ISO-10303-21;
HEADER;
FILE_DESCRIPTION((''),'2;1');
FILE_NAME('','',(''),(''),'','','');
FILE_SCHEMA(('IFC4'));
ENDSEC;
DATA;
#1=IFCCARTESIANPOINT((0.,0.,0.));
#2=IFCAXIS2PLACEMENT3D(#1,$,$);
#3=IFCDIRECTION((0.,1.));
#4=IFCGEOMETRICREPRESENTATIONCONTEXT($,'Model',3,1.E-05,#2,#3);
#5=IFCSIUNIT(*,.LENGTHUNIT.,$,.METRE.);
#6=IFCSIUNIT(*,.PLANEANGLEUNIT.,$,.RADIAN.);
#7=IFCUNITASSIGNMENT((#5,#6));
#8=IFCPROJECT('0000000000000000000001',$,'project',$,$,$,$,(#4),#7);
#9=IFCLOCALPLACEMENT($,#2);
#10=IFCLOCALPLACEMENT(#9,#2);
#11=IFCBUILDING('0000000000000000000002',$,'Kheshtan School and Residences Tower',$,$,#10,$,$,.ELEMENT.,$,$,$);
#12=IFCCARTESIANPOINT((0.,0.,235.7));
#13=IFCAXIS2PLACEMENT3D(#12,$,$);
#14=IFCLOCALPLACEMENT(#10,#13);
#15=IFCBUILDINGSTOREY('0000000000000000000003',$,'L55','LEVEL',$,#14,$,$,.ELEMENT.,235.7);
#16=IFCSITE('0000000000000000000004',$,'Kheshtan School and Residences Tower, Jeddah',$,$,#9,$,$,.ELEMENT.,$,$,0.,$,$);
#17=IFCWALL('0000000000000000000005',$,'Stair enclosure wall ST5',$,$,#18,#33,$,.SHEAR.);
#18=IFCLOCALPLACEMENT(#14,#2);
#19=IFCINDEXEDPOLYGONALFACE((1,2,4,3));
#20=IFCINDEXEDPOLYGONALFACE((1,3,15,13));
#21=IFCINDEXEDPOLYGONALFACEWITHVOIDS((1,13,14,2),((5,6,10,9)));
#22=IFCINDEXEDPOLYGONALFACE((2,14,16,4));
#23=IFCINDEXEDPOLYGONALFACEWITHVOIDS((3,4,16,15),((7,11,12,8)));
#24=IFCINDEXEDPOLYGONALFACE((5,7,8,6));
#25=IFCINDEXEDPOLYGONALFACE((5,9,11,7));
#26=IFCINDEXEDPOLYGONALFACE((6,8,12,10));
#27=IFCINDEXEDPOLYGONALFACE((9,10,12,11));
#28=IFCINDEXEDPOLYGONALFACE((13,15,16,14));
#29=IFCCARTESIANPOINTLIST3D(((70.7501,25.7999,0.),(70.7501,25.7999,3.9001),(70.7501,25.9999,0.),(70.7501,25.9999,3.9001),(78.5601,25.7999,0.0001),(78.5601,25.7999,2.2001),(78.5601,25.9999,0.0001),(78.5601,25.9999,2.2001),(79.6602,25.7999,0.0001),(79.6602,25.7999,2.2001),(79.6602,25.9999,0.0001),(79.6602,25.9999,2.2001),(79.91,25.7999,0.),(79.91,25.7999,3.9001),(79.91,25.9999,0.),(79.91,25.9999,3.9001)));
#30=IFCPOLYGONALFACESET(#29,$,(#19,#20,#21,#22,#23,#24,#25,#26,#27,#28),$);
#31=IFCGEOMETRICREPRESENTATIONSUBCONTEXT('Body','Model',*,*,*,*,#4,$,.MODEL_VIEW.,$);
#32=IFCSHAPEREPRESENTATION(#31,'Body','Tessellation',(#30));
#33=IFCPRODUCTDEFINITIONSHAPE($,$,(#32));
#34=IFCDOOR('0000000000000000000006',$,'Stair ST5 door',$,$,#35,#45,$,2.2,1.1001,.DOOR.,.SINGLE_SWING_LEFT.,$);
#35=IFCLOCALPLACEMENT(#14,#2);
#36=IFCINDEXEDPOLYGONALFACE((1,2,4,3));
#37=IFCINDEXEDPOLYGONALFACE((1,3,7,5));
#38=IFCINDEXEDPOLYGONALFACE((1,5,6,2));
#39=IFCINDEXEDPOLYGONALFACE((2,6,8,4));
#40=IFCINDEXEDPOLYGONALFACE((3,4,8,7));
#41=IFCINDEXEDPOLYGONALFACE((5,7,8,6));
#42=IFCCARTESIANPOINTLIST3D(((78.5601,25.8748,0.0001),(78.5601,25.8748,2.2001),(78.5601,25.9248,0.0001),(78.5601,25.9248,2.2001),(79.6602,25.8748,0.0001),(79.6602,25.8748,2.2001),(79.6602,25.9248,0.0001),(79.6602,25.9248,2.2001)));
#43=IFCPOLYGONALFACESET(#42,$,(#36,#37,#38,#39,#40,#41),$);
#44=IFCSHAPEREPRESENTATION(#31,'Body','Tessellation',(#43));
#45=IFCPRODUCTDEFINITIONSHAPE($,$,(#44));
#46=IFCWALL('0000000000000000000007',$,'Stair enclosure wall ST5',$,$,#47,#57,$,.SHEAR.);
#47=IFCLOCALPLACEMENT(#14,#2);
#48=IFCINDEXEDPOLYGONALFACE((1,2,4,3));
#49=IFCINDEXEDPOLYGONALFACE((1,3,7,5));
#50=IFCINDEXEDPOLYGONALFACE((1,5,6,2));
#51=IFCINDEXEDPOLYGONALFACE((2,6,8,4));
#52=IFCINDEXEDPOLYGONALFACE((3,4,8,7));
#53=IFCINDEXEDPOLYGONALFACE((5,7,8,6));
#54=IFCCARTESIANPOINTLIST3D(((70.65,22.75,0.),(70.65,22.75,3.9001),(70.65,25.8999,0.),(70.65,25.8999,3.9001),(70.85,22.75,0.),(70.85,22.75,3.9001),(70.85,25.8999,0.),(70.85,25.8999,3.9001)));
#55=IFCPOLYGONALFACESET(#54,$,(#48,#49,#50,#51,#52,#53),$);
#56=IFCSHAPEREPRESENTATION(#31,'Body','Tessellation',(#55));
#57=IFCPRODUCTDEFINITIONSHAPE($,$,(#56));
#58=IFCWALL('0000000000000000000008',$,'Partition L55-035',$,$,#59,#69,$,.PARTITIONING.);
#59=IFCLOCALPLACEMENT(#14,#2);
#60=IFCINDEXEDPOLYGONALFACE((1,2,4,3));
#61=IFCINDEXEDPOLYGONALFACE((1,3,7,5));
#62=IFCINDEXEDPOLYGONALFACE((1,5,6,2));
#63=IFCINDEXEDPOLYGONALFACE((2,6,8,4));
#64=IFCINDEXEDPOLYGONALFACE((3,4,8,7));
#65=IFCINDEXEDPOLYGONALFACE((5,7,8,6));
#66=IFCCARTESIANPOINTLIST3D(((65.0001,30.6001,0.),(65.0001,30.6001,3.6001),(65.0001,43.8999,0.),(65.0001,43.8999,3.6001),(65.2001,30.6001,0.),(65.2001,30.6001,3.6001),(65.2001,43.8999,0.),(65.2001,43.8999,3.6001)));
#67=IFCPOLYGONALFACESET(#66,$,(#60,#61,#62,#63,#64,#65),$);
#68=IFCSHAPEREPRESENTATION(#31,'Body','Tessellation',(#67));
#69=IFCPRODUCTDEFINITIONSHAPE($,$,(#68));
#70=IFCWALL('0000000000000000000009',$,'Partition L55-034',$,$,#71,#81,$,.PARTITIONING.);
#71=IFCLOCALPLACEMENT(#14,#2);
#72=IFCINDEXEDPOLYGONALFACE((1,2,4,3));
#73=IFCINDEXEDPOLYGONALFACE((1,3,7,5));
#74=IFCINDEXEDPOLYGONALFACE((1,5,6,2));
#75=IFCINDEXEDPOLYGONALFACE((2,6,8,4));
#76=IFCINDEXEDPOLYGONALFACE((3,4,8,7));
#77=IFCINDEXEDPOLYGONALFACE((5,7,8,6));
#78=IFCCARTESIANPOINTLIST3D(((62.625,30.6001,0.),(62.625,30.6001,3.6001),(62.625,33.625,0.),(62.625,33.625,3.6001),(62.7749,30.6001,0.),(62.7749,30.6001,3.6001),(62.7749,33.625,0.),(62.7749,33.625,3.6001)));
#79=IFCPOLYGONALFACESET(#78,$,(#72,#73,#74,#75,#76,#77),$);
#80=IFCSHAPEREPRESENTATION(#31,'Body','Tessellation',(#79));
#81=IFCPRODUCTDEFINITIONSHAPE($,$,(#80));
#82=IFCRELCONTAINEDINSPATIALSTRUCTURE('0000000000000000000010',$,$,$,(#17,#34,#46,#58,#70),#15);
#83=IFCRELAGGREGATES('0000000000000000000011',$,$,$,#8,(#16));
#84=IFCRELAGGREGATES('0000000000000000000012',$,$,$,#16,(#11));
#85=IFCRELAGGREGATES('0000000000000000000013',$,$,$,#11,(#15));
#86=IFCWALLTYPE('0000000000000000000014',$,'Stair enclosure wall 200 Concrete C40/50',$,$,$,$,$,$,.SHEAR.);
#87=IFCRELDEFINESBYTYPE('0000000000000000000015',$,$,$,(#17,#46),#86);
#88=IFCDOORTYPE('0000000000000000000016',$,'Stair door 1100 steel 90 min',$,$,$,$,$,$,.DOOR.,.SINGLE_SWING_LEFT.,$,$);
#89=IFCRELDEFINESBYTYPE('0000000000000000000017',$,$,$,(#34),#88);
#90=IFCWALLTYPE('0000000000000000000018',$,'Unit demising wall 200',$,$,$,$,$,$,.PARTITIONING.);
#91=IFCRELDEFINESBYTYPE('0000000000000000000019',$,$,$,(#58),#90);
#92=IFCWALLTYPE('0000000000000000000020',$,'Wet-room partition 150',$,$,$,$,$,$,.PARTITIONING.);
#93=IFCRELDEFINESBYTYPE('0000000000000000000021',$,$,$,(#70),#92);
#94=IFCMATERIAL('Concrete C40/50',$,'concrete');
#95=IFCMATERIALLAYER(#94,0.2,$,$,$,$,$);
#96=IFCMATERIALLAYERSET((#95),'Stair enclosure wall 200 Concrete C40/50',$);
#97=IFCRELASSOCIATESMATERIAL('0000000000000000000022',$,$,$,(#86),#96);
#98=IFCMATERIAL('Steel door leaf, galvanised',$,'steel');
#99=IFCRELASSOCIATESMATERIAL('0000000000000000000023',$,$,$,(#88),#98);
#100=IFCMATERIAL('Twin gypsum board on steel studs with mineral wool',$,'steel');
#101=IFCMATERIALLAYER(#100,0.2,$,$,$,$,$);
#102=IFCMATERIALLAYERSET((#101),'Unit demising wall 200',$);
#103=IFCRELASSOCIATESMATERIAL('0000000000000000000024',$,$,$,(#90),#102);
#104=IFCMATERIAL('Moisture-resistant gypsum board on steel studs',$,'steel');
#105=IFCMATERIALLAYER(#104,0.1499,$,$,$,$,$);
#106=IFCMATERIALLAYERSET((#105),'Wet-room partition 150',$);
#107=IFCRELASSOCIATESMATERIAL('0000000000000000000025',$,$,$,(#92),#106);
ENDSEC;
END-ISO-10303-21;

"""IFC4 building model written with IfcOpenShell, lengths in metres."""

from ifc_helpers import new_model, si_unit, direction, frame, frame_2d, origin, place, context, subcontext, project, spatial, rectangle, extrude, source, transform, mapped, material, layer, layer_set, type_object, element, fill, save


model = new_model("IFC4")

# Units and contexts
model_context = context("Model", 3, precision=1e-05, world=origin(), true_north=direction((0.0, 1.0)))
body_context = subcontext(model_context, "Body", "Model", "MODEL_VIEW")
ifc_project = project(units=[si_unit("LENGTHUNIT", "METRE"), si_unit("PLANEANGLEUNIT", "RADIAN")], contexts=[model_context])

# Site, building, storey
site_placement = place(None, origin())
site = spatial("IfcSite", under=ifc_project, at=site_placement, Name="Kheshtan School and Residences Tower, Jeddah", CompositionType="ELEMENT", RefElevation=0.0)
building_placement = place(site_placement, origin())
building = spatial("IfcBuilding", under=site, at=building_placement, Name="Kheshtan School and Residences Tower", CompositionType="ELEMENT")
storey_placement = place(building_placement, frame((0.0, 0.0, 235.7)))
storey = spatial("IfcBuildingStorey", under=building, at=storey_placement, Name="L55", Description="LEVEL", CompositionType="ELEMENT", Elevation=235.7)

# Shared definitions
ifc_material_1 = material(Name="Steel door leaf, galvanised", Category="steel")

# Shared definitions
ifc_material_2 = material(Name="Concrete C40/50", Category="concrete")
ifc_layer_1 = layer(ifc_material_2, 0.2)
ifc_layer_set_1 = layer_set([ifc_layer_1], Name="Stair enclosure wall 200 Concrete C40/50")
wall_type_1 = type_object("IfcWallType", Name="Stair enclosure wall 200 Concrete C40/50", PredefinedType="SHEAR", material=ifc_layer_set_1)

# Wall, opening, door
wall_1_placement = place(storey_placement, frame((70.75, 25.8999, 0.0), z_axis=(0.0, 0.0, 1.0), x_axis=(1.0, 0.0, 0.0)))
wall_1 = element("IfcWall", 1, at=wall_1_placement, inside=storey, type_object=wall_type_1, Name="Stair enclosure wall ST5", PredefinedType="SHEAR", context=body_context, shape_type="SweptSolid", body=[
    extrude(rectangle(XDim=9.1599, YDim=0.2, at=frame_2d((4.5801, 0.0))), origin(), (0.0, 0.0, 1.0), 3.9001),
])
opening_1_placement = place(wall_1_placement, frame((7.8101, 0.0, 0.0)))
opening_1 = element("IfcOpeningElement", 2, at=opening_1_placement, cuts=wall_1, PredefinedType="OPENING", context=body_context, shape_type="SweptSolid", body=[
    extrude(rectangle(XDim=1.1001, YDim=2.2, at=frame_2d((0.55, 1.1001))), frame((0.0, 0.1099, 0.0), z_axis=(0.0, -1.0, 0.0), x_axis=(1.0, 0.0, 0.0)), (0.0, 0.0, 1.0), 0.22),
])
door_type_1 = type_object("IfcDoorType", Name="Stair door 1100 steel 90 min", OperationType="SINGLE_SWING_LEFT", PredefinedType="DOOR", material=ifc_material_1)
shared_shape_1 = source(origin(), body_context, "Body", "SweptSolid", [
    extrude(rectangle(XDim=1.1001, YDim=2.2, at=frame_2d((0.55, 1.1001))), frame((0.0, 0.0249, 0.0), z_axis=(0.0, -1.0, 0.0), x_axis=(1.0, 0.0, 0.0)), (0.0, 0.0, 1.0), 0.05),
])
door_1_placement = place(opening_1_placement, origin())
door_1 = element("IfcDoor", 3, at=door_1_placement, inside=storey, type_object=door_type_1, Name="Stair ST5 door", OperationType="SINGLE_SWING_LEFT", OverallHeight=2.2, OverallWidth=1.1001, PredefinedType="DOOR", context=body_context, shape_type="MappedRepresentation", body=[
    mapped(shared_shape_1, transform((0.0, 0.0, 0.0), x_axis=(1.0, 0.0, 0.0), y_axis=(0.0, 1.0, 0.0), z_axis=(0.0, 0.0, 1.0), scale=1.0)),
])
fill(opening_1, door_1)

# Walls
wall_2_placement = place(storey_placement, frame((70.75, 22.75, 0.0), z_axis=(0.0, 0.0, 1.0), x_axis=(0.0, 1.0, 0.0)))
element("IfcWall", 4, at=wall_2_placement, inside=storey, type_object=wall_type_1, Name="Stair enclosure wall ST5", PredefinedType="SHEAR", context=body_context, shape_type="SweptSolid", body=[
    extrude(rectangle(XDim=3.1499, YDim=0.2, at=frame_2d((1.575, 0.0))), origin(), (0.0, 0.0, 1.0), 3.9001),
])
ifc_material_3 = material(Name="Twin gypsum board on steel studs with mineral wool", Category="steel")
ifc_layer_2 = layer(ifc_material_3, 0.2)
ifc_layer_set_2 = layer_set([ifc_layer_2], Name="Unit demising wall 200")
wall_type_2 = type_object("IfcWallType", Name="Unit demising wall 200", PredefinedType="PARTITIONING", material=ifc_layer_set_2)
wall_3_placement = place(storey_placement, frame((65.1001, 30.6001, 0.0), z_axis=(0.0, 0.0, 1.0), x_axis=(0.0, 1.0, 0.0)))
element("IfcWall", 5, at=wall_3_placement, inside=storey, type_object=wall_type_2, Name="Partition L55-035", PredefinedType="PARTITIONING", context=body_context, shape_type="SweptSolid", body=[
    extrude(rectangle(XDim=13.2998, YDim=0.2, at=frame_2d((6.6499, 0.0))), origin(), (0.0, 0.0, 1.0), 3.6001),
])
ifc_material_4 = material(Name="Moisture-resistant gypsum board on steel studs", Category="steel")
ifc_layer_3 = layer(ifc_material_4, 0.1499)
ifc_layer_set_3 = layer_set([ifc_layer_3], Name="Wet-room partition 150")
wall_type_3 = type_object("IfcWallType", Name="Wet-room partition 150", PredefinedType="PARTITIONING", material=ifc_layer_set_3)
wall_4_placement = place(storey_placement, frame((62.7, 30.6001, 0.0), z_axis=(0.0, 0.0, 1.0), x_axis=(0.0, 1.0, 0.0)))
element("IfcWall", 6, at=wall_4_placement, inside=storey, type_object=wall_type_3, Name="Partition L55-034", PredefinedType="PARTITIONING", context=body_context, shape_type="SweptSolid", body=[
    extrude(rectangle(XDim=3.0249, YDim=0.1499, at=frame_2d((1.5125, 0.0))), origin(), (0.0, 0.0, 1.0), 3.6001),
])

save(model, "model.ifc")
